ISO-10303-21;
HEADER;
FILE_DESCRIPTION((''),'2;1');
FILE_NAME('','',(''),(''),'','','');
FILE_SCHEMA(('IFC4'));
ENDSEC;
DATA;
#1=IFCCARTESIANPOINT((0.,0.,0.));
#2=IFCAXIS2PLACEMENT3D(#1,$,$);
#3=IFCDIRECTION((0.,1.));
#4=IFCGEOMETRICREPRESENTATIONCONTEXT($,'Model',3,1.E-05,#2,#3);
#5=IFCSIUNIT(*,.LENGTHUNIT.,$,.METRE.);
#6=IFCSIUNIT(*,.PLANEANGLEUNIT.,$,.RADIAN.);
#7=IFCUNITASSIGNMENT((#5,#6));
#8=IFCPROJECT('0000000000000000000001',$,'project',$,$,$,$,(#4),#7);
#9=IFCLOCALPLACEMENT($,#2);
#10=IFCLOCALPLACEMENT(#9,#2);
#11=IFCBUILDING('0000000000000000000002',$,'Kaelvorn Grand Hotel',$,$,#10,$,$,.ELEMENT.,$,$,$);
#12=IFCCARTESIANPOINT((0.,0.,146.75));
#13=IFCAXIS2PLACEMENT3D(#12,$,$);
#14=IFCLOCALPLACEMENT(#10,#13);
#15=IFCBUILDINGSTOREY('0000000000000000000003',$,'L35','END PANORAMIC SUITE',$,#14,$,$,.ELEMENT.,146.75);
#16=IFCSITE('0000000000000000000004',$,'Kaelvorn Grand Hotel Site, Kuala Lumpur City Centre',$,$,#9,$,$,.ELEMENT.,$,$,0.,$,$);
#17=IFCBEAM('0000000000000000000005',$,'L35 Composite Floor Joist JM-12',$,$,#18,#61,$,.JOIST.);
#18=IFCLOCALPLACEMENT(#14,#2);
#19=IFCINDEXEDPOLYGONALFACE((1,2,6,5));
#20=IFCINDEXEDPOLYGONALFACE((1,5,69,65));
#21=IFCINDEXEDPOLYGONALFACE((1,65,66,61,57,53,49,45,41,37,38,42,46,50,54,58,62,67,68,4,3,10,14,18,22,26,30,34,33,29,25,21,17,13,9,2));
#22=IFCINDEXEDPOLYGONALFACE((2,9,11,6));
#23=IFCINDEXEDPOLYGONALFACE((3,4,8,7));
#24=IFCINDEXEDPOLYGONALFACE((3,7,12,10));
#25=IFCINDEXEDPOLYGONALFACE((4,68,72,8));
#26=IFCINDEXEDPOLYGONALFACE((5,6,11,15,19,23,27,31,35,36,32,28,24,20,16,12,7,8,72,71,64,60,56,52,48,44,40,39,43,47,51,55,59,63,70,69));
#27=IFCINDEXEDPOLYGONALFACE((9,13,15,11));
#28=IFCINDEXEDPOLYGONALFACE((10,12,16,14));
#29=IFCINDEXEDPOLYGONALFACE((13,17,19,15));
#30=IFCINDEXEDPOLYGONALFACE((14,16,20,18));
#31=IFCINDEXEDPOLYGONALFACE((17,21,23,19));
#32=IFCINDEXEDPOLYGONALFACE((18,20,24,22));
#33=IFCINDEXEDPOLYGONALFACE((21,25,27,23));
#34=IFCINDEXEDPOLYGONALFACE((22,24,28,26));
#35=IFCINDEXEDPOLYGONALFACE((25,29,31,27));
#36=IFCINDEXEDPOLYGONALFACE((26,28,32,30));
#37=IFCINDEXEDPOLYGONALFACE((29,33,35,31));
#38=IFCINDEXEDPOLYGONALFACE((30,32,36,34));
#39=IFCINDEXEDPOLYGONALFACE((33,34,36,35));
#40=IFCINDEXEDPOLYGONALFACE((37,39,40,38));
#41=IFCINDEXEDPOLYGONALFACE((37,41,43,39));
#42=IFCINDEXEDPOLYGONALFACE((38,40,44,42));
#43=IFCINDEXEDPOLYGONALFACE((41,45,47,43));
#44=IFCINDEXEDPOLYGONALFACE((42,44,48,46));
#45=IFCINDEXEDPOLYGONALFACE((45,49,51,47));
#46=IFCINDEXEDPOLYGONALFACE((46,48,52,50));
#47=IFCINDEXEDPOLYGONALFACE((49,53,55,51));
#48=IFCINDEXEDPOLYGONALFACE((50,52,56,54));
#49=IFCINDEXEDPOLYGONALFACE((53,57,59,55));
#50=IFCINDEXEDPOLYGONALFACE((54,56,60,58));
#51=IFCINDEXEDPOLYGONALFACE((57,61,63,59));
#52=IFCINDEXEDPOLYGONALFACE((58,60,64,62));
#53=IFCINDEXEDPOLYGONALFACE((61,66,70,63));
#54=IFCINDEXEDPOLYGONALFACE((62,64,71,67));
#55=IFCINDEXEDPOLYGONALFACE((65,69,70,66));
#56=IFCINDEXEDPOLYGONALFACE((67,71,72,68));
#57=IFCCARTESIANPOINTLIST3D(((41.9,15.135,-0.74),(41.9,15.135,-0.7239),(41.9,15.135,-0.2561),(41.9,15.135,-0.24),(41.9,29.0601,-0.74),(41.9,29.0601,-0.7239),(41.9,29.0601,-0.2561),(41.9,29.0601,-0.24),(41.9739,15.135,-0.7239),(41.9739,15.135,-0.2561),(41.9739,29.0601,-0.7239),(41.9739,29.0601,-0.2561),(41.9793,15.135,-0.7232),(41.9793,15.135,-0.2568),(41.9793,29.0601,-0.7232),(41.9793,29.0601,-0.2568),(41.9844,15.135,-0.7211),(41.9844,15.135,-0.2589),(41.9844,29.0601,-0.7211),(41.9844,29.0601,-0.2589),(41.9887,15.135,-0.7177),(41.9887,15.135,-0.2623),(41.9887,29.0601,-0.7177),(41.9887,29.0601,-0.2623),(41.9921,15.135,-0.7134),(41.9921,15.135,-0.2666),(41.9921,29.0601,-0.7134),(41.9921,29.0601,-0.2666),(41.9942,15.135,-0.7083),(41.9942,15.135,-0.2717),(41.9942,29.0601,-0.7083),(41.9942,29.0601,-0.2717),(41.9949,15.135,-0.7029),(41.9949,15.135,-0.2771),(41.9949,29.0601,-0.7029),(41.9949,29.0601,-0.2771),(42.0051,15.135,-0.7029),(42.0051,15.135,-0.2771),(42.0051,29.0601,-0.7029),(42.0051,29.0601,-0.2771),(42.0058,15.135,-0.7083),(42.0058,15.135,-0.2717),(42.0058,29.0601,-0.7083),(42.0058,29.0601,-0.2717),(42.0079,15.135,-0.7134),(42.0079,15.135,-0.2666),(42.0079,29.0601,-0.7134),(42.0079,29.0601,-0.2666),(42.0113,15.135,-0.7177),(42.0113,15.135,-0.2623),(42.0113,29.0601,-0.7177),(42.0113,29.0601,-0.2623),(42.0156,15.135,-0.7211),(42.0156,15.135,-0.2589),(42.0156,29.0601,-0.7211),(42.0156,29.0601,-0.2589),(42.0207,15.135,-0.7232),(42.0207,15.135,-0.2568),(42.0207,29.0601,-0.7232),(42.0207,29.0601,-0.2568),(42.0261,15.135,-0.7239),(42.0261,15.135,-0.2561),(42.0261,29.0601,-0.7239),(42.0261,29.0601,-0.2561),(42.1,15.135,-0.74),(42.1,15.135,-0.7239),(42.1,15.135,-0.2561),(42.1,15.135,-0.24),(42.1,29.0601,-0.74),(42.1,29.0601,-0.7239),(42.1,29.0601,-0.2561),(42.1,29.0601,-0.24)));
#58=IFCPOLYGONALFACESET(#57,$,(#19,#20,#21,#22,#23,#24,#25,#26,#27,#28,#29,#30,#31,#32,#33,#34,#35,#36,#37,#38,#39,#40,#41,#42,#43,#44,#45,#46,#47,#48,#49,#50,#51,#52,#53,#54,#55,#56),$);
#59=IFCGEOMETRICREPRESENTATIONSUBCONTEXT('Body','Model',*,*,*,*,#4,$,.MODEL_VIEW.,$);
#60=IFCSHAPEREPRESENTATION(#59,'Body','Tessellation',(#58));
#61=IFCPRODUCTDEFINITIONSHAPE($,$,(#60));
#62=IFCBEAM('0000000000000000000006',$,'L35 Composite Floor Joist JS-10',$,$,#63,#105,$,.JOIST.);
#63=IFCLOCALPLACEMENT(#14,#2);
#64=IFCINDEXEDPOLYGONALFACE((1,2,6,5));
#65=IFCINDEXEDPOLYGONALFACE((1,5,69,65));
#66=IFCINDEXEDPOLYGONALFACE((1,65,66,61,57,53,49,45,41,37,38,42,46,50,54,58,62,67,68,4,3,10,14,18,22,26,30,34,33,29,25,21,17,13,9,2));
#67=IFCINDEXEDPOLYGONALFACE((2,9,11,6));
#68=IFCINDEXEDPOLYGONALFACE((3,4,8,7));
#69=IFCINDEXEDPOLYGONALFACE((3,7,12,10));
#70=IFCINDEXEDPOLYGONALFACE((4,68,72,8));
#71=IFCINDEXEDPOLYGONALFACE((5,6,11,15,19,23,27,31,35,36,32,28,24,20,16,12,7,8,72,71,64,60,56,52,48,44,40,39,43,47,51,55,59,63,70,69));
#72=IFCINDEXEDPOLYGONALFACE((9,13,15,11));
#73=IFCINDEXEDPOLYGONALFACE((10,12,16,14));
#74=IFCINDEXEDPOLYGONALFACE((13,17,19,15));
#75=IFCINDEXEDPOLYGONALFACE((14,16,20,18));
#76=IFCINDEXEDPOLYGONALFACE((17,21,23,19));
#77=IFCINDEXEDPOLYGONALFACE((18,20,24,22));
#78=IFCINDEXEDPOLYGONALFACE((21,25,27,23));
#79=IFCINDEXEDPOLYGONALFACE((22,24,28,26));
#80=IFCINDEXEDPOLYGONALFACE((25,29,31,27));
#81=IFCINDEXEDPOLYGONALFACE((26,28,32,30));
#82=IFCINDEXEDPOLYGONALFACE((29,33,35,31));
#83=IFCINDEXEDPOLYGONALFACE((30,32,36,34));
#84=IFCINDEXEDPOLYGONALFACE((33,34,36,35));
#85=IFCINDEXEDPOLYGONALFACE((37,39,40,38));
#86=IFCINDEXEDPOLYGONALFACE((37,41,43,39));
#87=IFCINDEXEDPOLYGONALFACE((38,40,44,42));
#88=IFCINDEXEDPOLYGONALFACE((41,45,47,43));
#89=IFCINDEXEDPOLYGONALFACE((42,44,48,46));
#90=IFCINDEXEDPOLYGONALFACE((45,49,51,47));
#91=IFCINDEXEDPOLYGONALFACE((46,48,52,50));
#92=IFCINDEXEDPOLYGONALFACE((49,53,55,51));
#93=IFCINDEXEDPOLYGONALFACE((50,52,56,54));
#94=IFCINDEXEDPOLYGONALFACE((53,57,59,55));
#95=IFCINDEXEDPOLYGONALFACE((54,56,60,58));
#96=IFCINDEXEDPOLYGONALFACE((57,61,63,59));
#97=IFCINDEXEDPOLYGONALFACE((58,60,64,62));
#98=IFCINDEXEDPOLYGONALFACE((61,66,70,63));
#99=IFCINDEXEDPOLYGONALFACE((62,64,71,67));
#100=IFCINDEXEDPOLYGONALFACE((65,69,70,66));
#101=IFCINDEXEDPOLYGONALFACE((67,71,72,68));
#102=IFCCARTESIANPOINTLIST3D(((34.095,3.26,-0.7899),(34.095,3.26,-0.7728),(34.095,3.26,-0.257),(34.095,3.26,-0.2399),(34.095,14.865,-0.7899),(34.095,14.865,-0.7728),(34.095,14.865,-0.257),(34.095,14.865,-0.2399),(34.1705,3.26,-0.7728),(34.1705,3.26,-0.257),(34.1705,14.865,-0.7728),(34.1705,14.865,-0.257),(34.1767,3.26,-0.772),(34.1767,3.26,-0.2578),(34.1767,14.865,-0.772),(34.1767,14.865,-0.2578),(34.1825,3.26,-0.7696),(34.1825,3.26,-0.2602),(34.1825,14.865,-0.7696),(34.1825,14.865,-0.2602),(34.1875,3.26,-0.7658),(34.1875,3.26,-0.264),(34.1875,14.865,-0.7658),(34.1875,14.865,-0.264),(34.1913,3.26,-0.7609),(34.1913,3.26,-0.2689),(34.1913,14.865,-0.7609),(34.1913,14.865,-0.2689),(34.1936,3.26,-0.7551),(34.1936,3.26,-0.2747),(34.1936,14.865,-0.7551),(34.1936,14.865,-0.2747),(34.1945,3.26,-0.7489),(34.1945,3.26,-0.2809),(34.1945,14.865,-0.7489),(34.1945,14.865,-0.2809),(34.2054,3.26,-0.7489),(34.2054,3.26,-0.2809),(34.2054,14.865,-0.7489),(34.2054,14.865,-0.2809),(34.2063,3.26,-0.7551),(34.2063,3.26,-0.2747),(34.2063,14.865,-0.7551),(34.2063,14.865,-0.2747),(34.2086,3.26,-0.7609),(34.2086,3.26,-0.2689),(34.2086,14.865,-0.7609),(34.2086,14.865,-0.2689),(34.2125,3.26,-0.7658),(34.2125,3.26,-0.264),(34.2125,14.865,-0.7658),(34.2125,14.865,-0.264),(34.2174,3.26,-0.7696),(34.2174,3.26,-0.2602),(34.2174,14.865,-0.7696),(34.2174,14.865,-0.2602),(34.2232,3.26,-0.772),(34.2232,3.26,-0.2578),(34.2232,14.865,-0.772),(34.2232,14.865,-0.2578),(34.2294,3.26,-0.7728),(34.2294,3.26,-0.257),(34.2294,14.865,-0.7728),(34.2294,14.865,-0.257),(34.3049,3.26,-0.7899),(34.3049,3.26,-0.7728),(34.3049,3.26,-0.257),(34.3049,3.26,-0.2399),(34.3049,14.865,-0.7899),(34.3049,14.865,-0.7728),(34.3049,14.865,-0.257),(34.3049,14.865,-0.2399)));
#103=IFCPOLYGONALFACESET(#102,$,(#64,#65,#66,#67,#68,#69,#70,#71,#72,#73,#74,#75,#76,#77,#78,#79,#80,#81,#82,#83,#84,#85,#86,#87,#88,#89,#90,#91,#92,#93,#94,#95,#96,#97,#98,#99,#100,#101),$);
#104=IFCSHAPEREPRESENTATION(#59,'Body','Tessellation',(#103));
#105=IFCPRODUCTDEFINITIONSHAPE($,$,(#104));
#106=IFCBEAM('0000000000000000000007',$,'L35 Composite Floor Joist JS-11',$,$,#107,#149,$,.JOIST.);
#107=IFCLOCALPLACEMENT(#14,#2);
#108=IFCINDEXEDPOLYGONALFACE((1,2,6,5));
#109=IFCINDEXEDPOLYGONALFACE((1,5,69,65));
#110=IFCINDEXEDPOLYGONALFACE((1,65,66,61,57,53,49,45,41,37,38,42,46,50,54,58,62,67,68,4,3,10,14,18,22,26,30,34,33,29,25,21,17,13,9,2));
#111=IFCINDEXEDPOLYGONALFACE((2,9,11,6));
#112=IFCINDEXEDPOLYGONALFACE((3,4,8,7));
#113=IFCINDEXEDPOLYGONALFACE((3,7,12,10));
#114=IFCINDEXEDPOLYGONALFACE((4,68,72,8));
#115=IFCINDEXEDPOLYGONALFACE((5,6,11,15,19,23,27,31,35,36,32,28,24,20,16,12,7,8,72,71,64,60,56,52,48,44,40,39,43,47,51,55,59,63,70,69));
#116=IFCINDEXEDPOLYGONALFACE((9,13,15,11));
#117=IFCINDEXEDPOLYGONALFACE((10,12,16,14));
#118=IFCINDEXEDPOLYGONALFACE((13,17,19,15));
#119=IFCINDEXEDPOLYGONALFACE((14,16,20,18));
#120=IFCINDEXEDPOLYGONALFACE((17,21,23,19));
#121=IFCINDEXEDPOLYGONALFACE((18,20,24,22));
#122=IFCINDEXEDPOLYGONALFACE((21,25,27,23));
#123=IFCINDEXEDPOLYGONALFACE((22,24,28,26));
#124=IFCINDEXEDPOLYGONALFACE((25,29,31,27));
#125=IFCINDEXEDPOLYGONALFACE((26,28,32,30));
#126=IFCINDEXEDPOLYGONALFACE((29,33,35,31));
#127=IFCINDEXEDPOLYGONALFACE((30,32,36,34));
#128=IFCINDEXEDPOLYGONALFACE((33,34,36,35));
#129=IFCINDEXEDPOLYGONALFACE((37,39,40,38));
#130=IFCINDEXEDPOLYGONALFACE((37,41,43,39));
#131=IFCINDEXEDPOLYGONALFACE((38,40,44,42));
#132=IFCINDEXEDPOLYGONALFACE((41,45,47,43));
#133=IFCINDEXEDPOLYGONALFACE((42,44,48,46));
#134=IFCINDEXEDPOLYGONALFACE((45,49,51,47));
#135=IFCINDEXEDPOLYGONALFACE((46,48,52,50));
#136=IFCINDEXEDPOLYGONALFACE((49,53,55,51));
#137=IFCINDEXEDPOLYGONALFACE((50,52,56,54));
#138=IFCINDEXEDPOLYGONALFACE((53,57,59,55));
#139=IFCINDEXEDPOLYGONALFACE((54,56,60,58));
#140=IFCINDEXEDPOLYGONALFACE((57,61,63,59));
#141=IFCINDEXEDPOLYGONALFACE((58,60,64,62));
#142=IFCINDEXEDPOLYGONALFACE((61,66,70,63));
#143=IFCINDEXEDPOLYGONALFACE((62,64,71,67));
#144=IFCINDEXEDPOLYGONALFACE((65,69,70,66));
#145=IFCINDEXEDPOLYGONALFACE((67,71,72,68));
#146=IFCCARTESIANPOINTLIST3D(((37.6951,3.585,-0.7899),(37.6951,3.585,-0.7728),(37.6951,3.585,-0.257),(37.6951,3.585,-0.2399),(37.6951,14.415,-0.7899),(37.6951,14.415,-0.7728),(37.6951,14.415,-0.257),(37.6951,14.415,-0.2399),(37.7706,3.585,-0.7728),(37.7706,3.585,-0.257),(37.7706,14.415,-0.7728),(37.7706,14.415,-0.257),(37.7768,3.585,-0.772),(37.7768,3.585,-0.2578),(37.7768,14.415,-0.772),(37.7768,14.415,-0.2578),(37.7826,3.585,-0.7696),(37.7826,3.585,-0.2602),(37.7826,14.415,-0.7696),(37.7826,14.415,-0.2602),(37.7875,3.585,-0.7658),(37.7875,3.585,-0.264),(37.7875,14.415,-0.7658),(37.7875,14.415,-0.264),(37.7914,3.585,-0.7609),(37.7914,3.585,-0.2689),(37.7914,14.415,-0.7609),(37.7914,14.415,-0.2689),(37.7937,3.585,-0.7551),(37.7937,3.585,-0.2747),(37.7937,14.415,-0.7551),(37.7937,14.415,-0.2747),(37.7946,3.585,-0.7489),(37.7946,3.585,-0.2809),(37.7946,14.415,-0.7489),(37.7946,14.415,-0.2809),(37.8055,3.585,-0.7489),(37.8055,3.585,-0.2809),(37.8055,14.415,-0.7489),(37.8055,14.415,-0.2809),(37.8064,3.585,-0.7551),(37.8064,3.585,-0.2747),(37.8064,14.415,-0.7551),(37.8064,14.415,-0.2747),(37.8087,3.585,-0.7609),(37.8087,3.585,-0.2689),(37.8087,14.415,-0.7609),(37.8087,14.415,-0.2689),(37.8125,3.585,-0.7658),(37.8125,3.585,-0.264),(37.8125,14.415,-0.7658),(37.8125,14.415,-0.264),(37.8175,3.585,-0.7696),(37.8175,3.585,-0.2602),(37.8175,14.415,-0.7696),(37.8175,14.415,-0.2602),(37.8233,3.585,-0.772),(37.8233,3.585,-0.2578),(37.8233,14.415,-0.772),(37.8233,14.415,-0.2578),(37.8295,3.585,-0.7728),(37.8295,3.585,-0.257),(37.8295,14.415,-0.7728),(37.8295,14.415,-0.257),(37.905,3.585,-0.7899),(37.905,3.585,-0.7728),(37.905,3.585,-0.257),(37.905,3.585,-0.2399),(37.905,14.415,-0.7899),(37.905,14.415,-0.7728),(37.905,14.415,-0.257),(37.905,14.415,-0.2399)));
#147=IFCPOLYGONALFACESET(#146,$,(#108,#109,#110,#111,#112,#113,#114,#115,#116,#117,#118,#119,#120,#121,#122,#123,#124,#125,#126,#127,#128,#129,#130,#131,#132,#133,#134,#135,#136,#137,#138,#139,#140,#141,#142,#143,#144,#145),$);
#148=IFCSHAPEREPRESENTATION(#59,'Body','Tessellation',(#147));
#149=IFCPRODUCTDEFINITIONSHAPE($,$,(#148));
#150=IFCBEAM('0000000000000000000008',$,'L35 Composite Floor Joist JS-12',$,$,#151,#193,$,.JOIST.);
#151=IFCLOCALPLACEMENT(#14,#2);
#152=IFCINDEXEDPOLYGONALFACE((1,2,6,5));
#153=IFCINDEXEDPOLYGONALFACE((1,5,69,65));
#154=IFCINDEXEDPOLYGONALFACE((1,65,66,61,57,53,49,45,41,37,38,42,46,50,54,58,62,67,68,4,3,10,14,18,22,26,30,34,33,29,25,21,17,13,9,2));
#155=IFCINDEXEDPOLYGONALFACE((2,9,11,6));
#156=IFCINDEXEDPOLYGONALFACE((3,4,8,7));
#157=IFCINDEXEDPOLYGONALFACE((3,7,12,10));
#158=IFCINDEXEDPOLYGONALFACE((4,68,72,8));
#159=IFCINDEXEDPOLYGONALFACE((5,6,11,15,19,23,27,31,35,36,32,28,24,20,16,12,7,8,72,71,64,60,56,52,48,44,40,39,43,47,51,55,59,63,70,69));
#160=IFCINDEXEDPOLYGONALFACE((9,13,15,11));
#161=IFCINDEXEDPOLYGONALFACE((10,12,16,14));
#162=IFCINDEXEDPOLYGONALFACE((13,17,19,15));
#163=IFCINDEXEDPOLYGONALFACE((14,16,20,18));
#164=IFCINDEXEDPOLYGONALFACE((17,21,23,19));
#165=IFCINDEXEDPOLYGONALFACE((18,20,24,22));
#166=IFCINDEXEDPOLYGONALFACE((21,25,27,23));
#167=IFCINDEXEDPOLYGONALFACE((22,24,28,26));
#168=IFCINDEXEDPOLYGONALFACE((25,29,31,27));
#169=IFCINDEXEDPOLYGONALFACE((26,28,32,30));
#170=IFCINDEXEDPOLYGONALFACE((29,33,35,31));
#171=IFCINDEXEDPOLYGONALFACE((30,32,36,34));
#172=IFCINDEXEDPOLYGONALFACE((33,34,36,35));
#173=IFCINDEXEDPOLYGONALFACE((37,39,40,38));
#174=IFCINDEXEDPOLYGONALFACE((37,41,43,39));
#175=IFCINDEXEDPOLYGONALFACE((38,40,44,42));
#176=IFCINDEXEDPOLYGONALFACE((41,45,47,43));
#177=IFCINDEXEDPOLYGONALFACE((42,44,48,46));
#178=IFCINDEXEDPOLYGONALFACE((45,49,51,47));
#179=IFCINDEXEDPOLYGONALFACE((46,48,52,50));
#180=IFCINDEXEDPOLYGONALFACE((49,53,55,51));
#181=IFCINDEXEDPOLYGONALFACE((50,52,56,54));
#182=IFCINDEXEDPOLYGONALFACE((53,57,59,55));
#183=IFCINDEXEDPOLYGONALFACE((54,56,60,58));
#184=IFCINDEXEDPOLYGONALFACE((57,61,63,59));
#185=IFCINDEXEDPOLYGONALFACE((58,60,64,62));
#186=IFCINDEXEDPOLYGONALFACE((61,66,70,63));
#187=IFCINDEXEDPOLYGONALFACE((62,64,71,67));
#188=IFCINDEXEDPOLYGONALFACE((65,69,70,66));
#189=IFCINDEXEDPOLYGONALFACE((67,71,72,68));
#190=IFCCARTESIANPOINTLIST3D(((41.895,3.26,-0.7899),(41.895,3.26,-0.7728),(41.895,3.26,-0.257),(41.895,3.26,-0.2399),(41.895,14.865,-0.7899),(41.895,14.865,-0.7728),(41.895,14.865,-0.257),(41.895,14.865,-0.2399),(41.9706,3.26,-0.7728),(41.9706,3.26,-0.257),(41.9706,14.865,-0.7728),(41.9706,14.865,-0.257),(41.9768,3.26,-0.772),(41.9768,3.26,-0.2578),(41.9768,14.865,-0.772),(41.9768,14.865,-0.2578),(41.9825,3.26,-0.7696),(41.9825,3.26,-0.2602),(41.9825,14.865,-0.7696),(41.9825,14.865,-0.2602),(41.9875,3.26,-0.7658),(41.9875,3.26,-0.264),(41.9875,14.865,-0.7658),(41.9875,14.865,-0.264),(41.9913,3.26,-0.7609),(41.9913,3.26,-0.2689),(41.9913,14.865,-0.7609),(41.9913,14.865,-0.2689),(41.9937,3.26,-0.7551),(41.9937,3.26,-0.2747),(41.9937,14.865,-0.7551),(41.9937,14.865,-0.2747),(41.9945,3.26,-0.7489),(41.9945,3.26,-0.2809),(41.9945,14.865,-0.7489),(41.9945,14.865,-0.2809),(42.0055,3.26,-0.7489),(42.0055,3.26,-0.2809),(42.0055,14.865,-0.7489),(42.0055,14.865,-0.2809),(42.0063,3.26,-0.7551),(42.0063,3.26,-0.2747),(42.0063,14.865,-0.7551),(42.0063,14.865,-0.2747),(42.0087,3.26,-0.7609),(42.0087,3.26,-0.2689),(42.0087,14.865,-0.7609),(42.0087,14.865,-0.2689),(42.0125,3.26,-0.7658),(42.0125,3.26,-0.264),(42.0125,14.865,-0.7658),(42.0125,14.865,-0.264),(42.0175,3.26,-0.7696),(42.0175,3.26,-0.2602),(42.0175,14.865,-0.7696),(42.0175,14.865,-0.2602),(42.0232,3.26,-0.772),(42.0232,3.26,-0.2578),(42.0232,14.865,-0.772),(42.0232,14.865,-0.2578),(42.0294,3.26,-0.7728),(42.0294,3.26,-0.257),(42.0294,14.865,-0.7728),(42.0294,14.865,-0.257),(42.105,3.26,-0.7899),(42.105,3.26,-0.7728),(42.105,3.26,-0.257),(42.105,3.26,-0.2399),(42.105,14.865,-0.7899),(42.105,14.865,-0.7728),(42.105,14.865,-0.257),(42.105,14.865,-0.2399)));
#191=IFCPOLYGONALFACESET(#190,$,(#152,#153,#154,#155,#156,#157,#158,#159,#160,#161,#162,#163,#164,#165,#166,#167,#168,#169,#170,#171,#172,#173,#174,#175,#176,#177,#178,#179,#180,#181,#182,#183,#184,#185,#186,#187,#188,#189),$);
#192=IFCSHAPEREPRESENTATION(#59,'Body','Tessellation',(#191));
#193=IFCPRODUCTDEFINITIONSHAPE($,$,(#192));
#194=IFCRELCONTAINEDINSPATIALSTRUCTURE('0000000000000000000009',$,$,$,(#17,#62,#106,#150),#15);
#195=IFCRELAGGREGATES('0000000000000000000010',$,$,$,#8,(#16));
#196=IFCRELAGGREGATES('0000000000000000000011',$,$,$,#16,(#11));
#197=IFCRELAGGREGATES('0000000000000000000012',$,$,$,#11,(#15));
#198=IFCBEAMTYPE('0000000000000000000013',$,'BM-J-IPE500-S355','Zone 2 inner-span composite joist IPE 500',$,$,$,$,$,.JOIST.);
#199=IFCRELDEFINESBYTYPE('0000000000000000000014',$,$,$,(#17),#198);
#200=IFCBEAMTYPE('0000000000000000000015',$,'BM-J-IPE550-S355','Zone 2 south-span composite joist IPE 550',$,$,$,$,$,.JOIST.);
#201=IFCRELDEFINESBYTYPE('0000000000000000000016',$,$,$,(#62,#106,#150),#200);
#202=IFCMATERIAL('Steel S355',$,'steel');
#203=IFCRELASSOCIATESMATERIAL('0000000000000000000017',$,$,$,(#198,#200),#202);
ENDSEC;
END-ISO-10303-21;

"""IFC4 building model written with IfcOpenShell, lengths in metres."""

from ifc_helpers import new_model, si_unit, direction, frame, origin, origin_2d, place, context, subcontext, project, spatial, i_section, extrude, material, material_profile, profile_set, type_object, element, save


model = new_model("IFC4")

# Units and contexts
model_context = context("Model", 3, precision=1e-05, world=origin(), true_north=direction((0.0, 1.0)))
body_context = subcontext(model_context, "Body", "Model", "MODEL_VIEW")
ifc_project = project(units=[si_unit("LENGTHUNIT", "METRE"), si_unit("PLANEANGLEUNIT", "RADIAN")], contexts=[model_context])

# Site, building, storey
site_placement = place(None, origin())
site = spatial("IfcSite", under=ifc_project, at=site_placement, Name="Kaelvorn Grand Hotel Site, Kuala Lumpur City Centre", CompositionType="ELEMENT", RefElevation=0.0)
building_placement = place(site_placement, origin())
building = spatial("IfcBuilding", under=site, at=building_placement, Name="Kaelvorn Grand Hotel", CompositionType="ELEMENT")
storey_placement = place(building_placement, frame((0.0, 0.0, 146.75)))
storey = spatial("IfcBuildingStorey", under=building, at=storey_placement, Name="L35", Description="END PANORAMIC SUITE", CompositionType="ELEMENT", Elevation=146.75)

# Beams
ifc_material_1 = material(Name="Steel S355", Category="steel")
ifc_material_profile_1 = material_profile(ifc_material_1, i_section(OverallWidth=0.2, OverallDepth=0.5, WebThickness=0.0103, FlangeThickness=0.0161, FilletRadius=0.021, at=origin_2d()), Name="IPE 500")
ifc_profile_set_1 = profile_set([ifc_material_profile_1], Name="Steel S355")
beam_type_1 = type_object("IfcBeamType", Name="BM-J-IPE500-S355", Description="Zone 2 inner-span composite joist IPE 500", PredefinedType="JOIST", material=ifc_profile_set_1)
beam_1_placement = place(storey_placement, frame((42.0, 15.135, -0.49), z_axis=(0.0, 1.0, 0.0), x_axis=(-1.0, 0.0, 0.0)))
element("IfcBeam", 1, at=beam_1_placement, inside=storey, type_object=beam_type_1, Name="L35 Composite Floor Joist JM-12", PredefinedType="JOIST", context=body_context, shape_type="SweptSolid", body=[
    extrude(i_section(OverallWidth=0.2, OverallDepth=0.5, WebThickness=0.0103, FlangeThickness=0.0161, FilletRadius=0.021, at=origin_2d()), origin(), (0.0, 0.0, 1.0), 13.925),
])
ifc_material_profile_2 = material_profile(ifc_material_1, i_section(OverallWidth=0.21, OverallDepth=0.55, WebThickness=0.011, FlangeThickness=0.0171, FilletRadius=0.0239, at=origin_2d()), Name="IPE 550")
ifc_profile_set_2 = profile_set([ifc_material_profile_2], Name="Steel S355")
beam_type_2 = type_object("IfcBeamType", Name="BM-J-IPE550-S355", Description="Zone 2 south-span composite joist IPE 550", PredefinedType="JOIST", material=ifc_profile_set_2)
beam_2_placement = place(storey_placement, frame((34.2, 3.26, -0.5149), z_axis=(0.0, 1.0, 0.0), x_axis=(-1.0, 0.0, 0.0)))
element("IfcBeam", 2, at=beam_2_placement, inside=storey, type_object=beam_type_2, Name="L35 Composite Floor Joist JS-10", PredefinedType="JOIST", context=body_context, shape_type="SweptSolid", body=[
    extrude(i_section(OverallWidth=0.21, OverallDepth=0.55, WebThickness=0.011, FlangeThickness=0.0171, FilletRadius=0.0239, at=origin_2d()), origin(), (0.0, 0.0, 1.0), 11.605),
])
beam_3_placement = place(storey_placement, frame((37.8, 3.585, -0.5149), z_axis=(0.0, 1.0, 0.0), x_axis=(-1.0, 0.0, 0.0)))
element("IfcBeam", 3, at=beam_3_placement, inside=storey, type_object=beam_type_2, Name="L35 Composite Floor Joist JS-11", PredefinedType="JOIST", context=body_context, shape_type="SweptSolid", body=[
    extrude(i_section(OverallWidth=0.21, OverallDepth=0.55, WebThickness=0.011, FlangeThickness=0.0171, FilletRadius=0.0239, at=origin_2d()), origin(), (0.0, 0.0, 1.0), 10.8301),
])
beam_4_placement = place(storey_placement, frame((42.0, 3.26, -0.5149), z_axis=(0.0, 1.0, 0.0), x_axis=(-1.0, 0.0, 0.0)))
element("IfcBeam", 4, at=beam_4_placement, inside=storey, type_object=beam_type_2, Name="L35 Composite Floor Joist JS-12", PredefinedType="JOIST", context=body_context, shape_type="SweptSolid", body=[
    extrude(i_section(OverallWidth=0.21, OverallDepth=0.55, WebThickness=0.011, FlangeThickness=0.0171, FilletRadius=0.0239, at=origin_2d()), origin(), (0.0, 0.0, 1.0), 11.605),
])

save(model, "model.ifc")
